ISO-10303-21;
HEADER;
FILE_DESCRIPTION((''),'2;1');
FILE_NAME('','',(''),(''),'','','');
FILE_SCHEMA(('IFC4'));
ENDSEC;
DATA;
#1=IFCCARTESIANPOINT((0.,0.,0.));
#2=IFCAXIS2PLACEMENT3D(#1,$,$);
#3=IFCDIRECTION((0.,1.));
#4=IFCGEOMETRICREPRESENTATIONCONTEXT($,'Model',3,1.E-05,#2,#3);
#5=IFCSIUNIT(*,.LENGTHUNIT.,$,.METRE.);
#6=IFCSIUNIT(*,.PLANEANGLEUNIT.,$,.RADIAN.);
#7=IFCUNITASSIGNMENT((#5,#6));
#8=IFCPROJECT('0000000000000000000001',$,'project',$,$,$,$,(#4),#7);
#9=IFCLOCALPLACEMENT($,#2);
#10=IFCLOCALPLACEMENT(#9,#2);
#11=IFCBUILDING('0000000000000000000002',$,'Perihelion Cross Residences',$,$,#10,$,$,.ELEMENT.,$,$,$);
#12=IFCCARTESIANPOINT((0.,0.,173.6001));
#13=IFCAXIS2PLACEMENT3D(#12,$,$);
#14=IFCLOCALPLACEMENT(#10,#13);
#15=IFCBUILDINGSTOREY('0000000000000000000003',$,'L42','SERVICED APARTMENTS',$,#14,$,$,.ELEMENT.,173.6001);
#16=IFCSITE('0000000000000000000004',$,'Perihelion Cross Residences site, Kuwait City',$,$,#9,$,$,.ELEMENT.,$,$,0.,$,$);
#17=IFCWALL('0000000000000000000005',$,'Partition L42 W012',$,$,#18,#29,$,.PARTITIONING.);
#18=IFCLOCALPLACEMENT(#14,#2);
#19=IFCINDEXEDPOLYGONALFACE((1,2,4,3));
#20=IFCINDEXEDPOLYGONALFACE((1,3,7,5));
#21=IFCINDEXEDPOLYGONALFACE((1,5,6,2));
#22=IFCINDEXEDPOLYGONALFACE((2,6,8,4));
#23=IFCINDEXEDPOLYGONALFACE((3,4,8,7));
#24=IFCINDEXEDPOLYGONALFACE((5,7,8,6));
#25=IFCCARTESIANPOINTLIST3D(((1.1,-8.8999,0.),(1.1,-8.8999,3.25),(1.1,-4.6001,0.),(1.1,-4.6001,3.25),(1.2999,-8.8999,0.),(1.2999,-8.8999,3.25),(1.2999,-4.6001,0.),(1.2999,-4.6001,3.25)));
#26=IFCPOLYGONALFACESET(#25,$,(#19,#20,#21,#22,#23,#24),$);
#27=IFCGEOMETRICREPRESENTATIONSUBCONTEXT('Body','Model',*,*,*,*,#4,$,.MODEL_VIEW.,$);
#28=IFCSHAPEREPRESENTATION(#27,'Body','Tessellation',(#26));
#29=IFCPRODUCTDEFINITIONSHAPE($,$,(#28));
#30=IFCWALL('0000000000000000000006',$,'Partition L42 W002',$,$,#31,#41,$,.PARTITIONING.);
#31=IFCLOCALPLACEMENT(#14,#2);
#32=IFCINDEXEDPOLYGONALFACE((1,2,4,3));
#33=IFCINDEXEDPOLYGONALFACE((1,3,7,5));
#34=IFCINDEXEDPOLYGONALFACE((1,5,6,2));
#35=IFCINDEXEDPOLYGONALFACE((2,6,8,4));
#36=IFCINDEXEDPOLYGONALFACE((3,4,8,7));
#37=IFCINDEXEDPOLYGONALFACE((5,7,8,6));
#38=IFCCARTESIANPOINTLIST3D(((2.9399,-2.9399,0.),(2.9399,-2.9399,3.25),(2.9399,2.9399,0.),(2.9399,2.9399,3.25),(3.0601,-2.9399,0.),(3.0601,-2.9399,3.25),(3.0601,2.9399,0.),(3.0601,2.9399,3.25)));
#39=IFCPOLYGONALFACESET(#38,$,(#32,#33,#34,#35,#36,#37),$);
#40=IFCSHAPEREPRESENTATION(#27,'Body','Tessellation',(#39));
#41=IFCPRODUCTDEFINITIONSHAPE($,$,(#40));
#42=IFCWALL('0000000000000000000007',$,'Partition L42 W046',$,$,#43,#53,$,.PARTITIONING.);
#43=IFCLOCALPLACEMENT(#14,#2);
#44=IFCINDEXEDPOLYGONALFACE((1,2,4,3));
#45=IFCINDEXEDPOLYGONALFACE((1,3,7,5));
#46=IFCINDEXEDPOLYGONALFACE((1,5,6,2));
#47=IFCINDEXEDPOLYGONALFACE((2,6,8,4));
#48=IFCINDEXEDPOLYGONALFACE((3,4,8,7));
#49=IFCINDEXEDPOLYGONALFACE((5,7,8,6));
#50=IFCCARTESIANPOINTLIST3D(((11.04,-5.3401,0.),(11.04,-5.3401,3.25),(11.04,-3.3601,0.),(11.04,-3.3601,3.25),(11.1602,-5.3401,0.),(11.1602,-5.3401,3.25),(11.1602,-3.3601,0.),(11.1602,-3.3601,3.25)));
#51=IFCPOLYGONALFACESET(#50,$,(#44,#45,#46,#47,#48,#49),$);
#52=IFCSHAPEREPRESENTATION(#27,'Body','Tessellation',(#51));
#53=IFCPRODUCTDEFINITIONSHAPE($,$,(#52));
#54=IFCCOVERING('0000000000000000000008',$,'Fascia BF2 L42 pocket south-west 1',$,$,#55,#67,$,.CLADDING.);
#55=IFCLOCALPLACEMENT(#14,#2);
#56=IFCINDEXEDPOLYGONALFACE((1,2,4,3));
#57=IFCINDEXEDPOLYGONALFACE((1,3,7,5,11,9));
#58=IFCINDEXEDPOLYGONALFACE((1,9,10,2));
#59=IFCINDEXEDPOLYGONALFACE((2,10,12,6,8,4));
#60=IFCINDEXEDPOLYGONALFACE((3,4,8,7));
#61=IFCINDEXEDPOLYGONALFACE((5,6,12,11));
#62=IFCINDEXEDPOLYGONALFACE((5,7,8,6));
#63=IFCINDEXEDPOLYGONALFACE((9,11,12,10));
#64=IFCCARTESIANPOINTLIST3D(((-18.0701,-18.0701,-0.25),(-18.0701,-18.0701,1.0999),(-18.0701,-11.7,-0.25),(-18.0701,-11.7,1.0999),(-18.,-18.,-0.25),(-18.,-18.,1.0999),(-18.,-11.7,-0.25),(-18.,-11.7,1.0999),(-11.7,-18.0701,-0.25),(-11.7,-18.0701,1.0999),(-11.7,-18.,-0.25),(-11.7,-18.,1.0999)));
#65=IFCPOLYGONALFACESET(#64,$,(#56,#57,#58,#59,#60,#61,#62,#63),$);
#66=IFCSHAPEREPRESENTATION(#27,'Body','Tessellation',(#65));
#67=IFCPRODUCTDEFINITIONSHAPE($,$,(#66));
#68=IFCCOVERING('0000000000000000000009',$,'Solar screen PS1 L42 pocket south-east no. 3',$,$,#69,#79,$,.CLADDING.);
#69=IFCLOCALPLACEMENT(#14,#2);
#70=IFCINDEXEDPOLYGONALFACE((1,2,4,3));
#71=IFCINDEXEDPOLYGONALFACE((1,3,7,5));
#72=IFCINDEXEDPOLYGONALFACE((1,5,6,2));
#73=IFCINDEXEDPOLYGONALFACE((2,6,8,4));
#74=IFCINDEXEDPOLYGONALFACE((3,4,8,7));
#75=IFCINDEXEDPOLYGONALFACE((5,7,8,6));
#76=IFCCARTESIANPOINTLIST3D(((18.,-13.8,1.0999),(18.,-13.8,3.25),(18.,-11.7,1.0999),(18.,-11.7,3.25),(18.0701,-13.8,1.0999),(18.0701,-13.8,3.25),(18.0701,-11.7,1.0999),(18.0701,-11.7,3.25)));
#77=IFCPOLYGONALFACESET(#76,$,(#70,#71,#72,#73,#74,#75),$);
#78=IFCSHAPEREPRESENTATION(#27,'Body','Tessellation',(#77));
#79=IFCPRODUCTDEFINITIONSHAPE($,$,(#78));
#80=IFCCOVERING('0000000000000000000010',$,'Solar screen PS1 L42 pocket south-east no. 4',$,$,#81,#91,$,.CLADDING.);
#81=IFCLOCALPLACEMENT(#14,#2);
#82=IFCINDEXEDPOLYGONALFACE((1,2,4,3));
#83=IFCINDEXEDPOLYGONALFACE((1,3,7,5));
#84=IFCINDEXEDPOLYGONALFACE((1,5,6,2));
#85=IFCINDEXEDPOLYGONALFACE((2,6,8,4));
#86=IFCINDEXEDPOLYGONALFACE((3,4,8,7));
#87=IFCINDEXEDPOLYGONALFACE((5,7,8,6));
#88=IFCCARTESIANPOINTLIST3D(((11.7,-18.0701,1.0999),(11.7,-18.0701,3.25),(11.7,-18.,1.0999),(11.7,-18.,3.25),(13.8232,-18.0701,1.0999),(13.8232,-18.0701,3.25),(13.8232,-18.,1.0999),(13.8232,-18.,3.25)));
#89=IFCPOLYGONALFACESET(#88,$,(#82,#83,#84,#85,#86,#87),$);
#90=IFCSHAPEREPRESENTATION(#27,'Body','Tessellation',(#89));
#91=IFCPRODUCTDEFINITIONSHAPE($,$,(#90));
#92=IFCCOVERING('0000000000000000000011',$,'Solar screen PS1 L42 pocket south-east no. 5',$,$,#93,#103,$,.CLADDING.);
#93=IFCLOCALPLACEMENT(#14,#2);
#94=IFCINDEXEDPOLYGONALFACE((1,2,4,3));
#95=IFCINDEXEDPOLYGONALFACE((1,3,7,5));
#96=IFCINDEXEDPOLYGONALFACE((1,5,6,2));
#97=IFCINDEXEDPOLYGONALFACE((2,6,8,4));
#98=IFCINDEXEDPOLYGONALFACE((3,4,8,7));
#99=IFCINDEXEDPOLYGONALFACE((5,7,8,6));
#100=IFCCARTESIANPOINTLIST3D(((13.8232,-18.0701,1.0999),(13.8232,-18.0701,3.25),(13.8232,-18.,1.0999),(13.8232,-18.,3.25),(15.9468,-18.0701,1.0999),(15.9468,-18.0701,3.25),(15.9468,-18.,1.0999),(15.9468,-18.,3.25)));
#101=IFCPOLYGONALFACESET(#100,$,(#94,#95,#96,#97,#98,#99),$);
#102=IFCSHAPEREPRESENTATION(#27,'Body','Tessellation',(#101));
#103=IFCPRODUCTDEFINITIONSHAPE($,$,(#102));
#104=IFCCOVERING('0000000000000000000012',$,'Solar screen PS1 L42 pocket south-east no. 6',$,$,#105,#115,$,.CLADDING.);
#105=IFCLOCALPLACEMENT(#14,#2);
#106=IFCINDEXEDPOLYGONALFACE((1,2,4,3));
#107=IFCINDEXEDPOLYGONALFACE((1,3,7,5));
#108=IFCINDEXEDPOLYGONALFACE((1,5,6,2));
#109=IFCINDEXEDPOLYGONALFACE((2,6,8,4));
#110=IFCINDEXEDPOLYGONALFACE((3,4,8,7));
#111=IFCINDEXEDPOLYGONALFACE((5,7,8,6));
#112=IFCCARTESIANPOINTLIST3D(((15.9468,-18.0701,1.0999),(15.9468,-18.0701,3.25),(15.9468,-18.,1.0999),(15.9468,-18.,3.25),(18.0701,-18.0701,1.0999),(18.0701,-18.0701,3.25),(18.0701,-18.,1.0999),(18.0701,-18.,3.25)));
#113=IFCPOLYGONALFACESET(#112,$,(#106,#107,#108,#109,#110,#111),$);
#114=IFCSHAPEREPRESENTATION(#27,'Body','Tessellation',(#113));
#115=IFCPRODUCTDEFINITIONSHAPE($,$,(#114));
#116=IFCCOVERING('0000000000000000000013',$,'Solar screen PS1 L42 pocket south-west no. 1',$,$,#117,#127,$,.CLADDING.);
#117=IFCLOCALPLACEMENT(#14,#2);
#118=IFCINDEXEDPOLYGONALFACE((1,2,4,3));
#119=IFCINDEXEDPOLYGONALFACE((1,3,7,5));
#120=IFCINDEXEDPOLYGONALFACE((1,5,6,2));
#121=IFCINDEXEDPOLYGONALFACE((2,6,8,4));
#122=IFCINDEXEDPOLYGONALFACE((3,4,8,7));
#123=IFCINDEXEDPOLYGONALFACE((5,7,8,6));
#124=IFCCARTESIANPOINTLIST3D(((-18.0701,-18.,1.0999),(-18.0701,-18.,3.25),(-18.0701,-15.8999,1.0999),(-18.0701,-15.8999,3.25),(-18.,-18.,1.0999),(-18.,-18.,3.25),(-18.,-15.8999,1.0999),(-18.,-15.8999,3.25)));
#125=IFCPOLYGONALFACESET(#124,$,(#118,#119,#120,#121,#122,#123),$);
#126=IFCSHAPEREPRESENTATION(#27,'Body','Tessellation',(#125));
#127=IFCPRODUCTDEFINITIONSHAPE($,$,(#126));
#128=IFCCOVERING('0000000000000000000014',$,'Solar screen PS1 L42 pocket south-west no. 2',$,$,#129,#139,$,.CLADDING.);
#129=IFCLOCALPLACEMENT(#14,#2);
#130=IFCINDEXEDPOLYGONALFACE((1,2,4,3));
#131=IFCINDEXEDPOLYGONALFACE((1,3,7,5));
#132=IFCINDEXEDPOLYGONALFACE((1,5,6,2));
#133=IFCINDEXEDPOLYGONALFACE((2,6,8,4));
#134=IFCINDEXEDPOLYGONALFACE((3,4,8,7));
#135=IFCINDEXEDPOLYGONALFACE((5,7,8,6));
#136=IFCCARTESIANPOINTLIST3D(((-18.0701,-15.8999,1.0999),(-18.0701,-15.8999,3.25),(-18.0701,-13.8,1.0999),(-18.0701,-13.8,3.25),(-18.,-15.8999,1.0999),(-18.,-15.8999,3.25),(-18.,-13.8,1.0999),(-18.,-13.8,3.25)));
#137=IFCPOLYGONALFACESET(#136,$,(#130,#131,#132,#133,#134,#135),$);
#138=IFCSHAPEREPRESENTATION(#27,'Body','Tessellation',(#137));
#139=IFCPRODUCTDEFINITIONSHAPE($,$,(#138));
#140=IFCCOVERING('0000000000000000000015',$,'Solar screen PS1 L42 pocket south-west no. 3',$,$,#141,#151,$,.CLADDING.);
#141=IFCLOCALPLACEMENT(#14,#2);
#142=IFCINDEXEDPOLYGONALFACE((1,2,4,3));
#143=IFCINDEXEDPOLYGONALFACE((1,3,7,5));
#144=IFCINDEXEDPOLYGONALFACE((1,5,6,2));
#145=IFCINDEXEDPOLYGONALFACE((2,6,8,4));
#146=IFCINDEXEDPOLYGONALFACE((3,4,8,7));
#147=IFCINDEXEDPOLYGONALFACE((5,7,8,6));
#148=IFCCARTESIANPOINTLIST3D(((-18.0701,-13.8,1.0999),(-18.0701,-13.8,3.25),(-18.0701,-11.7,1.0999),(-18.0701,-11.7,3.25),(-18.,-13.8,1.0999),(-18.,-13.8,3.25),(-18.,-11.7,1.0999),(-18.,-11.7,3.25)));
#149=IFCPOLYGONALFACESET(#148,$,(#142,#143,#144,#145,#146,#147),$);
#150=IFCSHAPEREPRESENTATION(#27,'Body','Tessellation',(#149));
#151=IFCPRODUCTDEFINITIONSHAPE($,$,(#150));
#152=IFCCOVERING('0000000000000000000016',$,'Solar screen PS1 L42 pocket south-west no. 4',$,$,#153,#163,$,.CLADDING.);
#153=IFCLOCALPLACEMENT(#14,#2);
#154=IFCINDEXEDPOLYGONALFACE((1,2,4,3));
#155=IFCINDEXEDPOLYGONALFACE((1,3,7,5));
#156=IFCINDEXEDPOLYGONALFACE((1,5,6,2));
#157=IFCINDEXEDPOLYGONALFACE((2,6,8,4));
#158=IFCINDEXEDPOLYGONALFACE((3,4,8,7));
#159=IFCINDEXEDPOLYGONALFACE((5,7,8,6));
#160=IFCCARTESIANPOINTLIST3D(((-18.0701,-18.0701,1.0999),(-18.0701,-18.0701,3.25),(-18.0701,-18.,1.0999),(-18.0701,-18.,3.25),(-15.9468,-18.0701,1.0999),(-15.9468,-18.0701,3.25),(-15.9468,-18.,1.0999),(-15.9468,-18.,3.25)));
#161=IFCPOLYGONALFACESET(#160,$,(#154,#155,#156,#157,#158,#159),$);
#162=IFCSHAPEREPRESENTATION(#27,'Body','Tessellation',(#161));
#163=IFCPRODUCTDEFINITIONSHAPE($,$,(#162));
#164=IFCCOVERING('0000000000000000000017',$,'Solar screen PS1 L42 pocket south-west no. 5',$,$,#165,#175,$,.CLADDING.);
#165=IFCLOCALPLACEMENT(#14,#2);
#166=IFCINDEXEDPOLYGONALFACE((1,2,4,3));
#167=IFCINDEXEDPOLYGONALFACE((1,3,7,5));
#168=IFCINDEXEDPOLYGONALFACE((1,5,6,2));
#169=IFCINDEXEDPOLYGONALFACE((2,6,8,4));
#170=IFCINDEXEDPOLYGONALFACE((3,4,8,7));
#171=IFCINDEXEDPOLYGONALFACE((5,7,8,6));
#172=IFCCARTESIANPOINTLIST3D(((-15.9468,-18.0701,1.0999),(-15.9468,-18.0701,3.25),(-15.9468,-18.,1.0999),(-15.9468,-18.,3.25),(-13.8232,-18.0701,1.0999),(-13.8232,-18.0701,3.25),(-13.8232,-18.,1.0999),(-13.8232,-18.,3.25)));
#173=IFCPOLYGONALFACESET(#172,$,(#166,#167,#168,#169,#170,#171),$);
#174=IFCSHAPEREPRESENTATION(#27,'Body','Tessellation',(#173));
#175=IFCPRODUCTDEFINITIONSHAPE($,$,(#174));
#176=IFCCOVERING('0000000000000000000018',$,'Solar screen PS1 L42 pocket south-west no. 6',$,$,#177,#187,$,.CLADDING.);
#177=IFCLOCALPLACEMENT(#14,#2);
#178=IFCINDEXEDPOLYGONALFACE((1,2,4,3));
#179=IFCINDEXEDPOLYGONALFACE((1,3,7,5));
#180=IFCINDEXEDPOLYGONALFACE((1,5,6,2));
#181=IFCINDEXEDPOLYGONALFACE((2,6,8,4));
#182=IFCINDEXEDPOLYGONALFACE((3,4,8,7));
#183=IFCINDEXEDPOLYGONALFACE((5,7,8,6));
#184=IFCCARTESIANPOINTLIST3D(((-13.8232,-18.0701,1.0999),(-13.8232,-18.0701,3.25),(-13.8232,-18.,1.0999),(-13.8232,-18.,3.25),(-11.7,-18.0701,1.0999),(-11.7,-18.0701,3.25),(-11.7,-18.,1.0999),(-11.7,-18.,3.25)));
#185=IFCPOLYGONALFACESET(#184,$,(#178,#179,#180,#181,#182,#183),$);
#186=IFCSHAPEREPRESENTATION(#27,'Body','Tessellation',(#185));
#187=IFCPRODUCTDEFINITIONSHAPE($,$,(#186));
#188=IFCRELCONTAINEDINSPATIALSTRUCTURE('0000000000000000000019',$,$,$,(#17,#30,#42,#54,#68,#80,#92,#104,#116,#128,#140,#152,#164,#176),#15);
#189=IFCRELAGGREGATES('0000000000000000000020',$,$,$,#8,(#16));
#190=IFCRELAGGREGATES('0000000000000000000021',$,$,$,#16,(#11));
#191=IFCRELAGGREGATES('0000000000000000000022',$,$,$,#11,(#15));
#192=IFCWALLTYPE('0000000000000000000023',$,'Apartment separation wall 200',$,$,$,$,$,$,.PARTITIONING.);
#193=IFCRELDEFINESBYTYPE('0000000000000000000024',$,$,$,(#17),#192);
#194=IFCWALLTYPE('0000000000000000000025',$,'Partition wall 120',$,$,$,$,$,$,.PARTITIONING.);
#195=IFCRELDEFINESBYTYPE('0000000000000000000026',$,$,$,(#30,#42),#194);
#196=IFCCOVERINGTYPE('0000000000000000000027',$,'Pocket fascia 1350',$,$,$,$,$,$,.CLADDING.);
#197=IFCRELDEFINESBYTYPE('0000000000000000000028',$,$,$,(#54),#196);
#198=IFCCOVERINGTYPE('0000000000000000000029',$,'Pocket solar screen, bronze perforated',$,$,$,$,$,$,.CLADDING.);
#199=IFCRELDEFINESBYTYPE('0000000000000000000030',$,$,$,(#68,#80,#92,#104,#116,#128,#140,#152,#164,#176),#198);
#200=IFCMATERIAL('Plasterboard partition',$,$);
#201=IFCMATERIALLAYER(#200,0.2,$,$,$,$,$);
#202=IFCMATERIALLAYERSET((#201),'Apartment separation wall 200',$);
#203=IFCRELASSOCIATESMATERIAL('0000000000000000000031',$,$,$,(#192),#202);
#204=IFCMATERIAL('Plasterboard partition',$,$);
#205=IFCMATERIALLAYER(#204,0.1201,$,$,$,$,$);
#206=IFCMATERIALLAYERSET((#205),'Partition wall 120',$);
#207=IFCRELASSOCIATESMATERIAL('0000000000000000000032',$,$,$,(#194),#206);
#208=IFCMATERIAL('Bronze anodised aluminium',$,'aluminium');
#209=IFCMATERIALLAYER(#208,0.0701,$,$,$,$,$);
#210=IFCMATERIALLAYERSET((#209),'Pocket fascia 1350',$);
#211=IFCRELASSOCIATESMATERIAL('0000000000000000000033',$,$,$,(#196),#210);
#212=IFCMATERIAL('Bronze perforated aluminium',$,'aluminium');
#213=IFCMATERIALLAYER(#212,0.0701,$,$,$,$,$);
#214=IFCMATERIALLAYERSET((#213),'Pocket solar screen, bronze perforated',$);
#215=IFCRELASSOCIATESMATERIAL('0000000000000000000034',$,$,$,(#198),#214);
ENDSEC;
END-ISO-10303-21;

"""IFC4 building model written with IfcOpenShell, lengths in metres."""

from ifc_helpers import new_model, si_unit, direction, frame, frame_2d, origin, place, context, subcontext, project, spatial, polyline, rectangle, outline, extrude, material, layer, layer_set, type_object, element, save


model = new_model("IFC4")

# Units and contexts
model_context = context("Model", 3, precision=1e-05, world=origin(), true_north=direction((0.0, 1.0)))
body_context = subcontext(model_context, "Body", "Model", "MODEL_VIEW")
ifc_project = project(units=[si_unit("LENGTHUNIT", "METRE"), si_unit("PLANEANGLEUNIT", "RADIAN")], contexts=[model_context])

# Site, building, storey
site_placement = place(None, origin())
site = spatial("IfcSite", under=ifc_project, at=site_placement, Name="Perihelion Cross Residences site, Kuwait City", CompositionType="ELEMENT", RefElevation=0.0)
building_placement = place(site_placement, origin())
building = spatial("IfcBuilding", under=site, at=building_placement, Name="Perihelion Cross Residences", CompositionType="ELEMENT")
storey_placement = place(building_placement, frame((0.0, 0.0, 173.6001)))
storey = spatial("IfcBuildingStorey", under=building, at=storey_placement, Name="L42", Description="SERVICED APARTMENTS", CompositionType="ELEMENT", Elevation=173.6001)

# Walls
ifc_material_1 = material(Name="Plasterboard partition")
ifc_layer_1 = layer(ifc_material_1, 0.2)
ifc_layer_set_1 = layer_set([ifc_layer_1], Name="Apartment separation wall 200")
wall_type_1 = type_object("IfcWallType", Name="Apartment separation wall 200", PredefinedType="PARTITIONING", material=ifc_layer_set_1)
wall_1_placement = place(storey_placement, frame((1.2, -4.6001, 0.0), z_axis=(0.0, 0.0, 1.0), x_axis=(0.0, -1.0, 0.0)))
element("IfcWall", 1, at=wall_1_placement, inside=storey, type_object=wall_type_1, Name="Partition L42 W012", PredefinedType="PARTITIONING", context=body_context, shape_type="SweptSolid", body=[
    extrude(rectangle(XDim=4.2998, YDim=0.2, at=frame_2d((2.1499, 0.0))), origin(), (0.0, 0.0, 1.0), 3.25),
])
ifc_material_2 = material(Name="Plasterboard partition")
ifc_layer_2 = layer(ifc_material_2, 0.1201)
ifc_layer_set_2 = layer_set([ifc_layer_2], Name="Partition wall 120")
wall_type_2 = type_object("IfcWallType", Name="Partition wall 120", PredefinedType="PARTITIONING", material=ifc_layer_set_2)
wall_2_placement = place(storey_placement, frame((3.0, -2.9399, 0.0), z_axis=(0.0, 0.0, 1.0), x_axis=(0.0, 1.0, 0.0)))
element("IfcWall", 2, at=wall_2_placement, inside=storey, type_object=wall_type_2, Name="Partition L42 W002", PredefinedType="PARTITIONING", context=body_context, shape_type="SweptSolid", body=[
    extrude(rectangle(XDim=5.8799, YDim=0.1201, at=frame_2d((2.9399, 0.0))), origin(), (0.0, 0.0, 1.0), 3.25),
])
wall_3_placement = place(storey_placement, frame((11.1001, -5.3401, 0.0), z_axis=(0.0, 0.0, 1.0), x_axis=(0.0, 1.0, 0.0)))
element("IfcWall", 3, at=wall_3_placement, inside=storey, type_object=wall_type_2, Name="Partition L42 W046", PredefinedType="PARTITIONING", context=body_context, shape_type="SweptSolid", body=[
    extrude(rectangle(XDim=1.98, YDim=0.1201, at=frame_2d((0.99, 0.0))), origin(), (0.0, 0.0, 1.0), 3.25),
])

# Coverings
ifc_material_3 = material(Name="Bronze anodised aluminium", Category="aluminium")
ifc_layer_3 = layer(ifc_material_3, 0.0701)
ifc_layer_set_3 = layer_set([ifc_layer_3], Name="Pocket fascia 1350")
covering_type_1 = type_object("IfcCoveringType", Name="Pocket fascia 1350", PredefinedType="CLADDING", material=ifc_layer_set_3)
covering_1_placement = place(storey_placement, frame((0.0, 0.0, -0.25)))
element("IfcCovering", 4, at=covering_1_placement, inside=storey, type_object=covering_type_1, Name="Fascia BF2 L42 pocket south-west 1", PredefinedType="CLADDING", context=body_context, shape_type="SweptSolid", body=[
    extrude(outline(polyline([(-18.0701, -11.7), (-18.0701, -18.0701), (-11.7, -18.0701), (-11.7, -18.0), (-18.0, -18.0), (-18.0, -11.7), (-18.0701, -11.7)])), origin(), (0.0, 0.0, 1.0), 1.3499),
])
ifc_material_4 = material(Name="Bronze perforated aluminium", Category="aluminium")
ifc_layer_4 = layer(ifc_material_4, 0.0701)
ifc_layer_set_4 = layer_set([ifc_layer_4], Name="Pocket solar screen, bronze perforated")
covering_type_2 = type_object("IfcCoveringType", Name="Pocket solar screen, bronze perforated", PredefinedType="CLADDING", material=ifc_layer_set_4)
covering_2_placement = place(storey_placement, frame((0.0, 0.0, 1.0999)))
element("IfcCovering", 5, at=covering_2_placement, inside=storey, type_object=covering_type_2, Name="Solar screen PS1 L42 pocket south-east no. 3", PredefinedType="CLADDING", context=body_context, shape_type="SweptSolid", body=[
    extrude(outline(polyline([(18.0701, -13.8), (18.0701, -11.7), (18.0, -11.7), (18.0, -13.8), (18.0701, -13.8)])), origin(), (0.0, 0.0, 1.0), 2.1501),
])
covering_3_placement = place(storey_placement, frame((0.0, 0.0, 1.0999)))
element("IfcCovering", 6, at=covering_3_placement, inside=storey, type_object=covering_type_2, Name="Solar screen PS1 L42 pocket south-east no. 4", PredefinedType="CLADDING", context=body_context, shape_type="SweptSolid", body=[
    extrude(outline(polyline([(13.8232, -18.0701), (13.8232, -18.0), (11.7, -18.0), (11.7, -18.0701), (13.8232, -18.0701)])), origin(), (0.0, 0.0, 1.0), 2.1501),
])
covering_4_placement = place(storey_placement, frame((0.0, 0.0, 1.0999)))
element("IfcCovering", 7, at=covering_4_placement, inside=storey, type_object=covering_type_2, Name="Solar screen PS1 L42 pocket south-east no. 5", PredefinedType="CLADDING", context=body_context, shape_type="SweptSolid", body=[
    extrude(outline(polyline([(15.9468, -18.0701), (15.9468, -18.0), (13.8232, -18.0), (13.8232, -18.0701), (15.9468, -18.0701)])), origin(), (0.0, 0.0, 1.0), 2.1501),
])
covering_5_placement = place(storey_placement, frame((0.0, 0.0, 1.0999)))
element("IfcCovering", 8, at=covering_5_placement, inside=storey, type_object=covering_type_2, Name="Solar screen PS1 L42 pocket south-east no. 6", PredefinedType="CLADDING", context=body_context, shape_type="SweptSolid", body=[
    extrude(outline(polyline([(18.0701, -18.0701), (18.0701, -18.0), (15.9468, -18.0), (15.9468, -18.0701), (18.0701, -18.0701)])), origin(), (0.0, 0.0, 1.0), 2.1501),
])
covering_6_placement = place(storey_placement, frame((0.0, 0.0, 1.0999)))
element("IfcCovering", 9, at=covering_6_placement, inside=storey, type_object=covering_type_2, Name="Solar screen PS1 L42 pocket south-west no. 1", PredefinedType="CLADDING", context=body_context, shape_type="SweptSolid", body=[
    extrude(outline(polyline([(-18.0, -18.0), (-18.0, -15.8999), (-18.0701, -15.8999), (-18.0701, -18.0), (-18.0, -18.0)])), origin(), (0.0, 0.0, 1.0), 2.1501),
])
covering_7_placement = place(storey_placement, frame((0.0, 0.0, 1.0999)))
element("IfcCovering", 10, at=covering_7_placement, inside=storey, type_object=covering_type_2, Name="Solar screen PS1 L42 pocket south-west no. 2", PredefinedType="CLADDING", context=body_context, shape_type="SweptSolid", body=[
    extrude(outline(polyline([(-18.0, -15.8999), (-18.0, -13.8), (-18.0701, -13.8), (-18.0701, -15.8999), (-18.0, -15.8999)])), origin(), (0.0, 0.0, 1.0), 2.1501),
])
covering_8_placement = place(storey_placement, frame((0.0, 0.0, 1.0999)))
element("IfcCovering", 11, at=covering_8_placement, inside=storey, type_object=covering_type_2, Name="Solar screen PS1 L42 pocket south-west no. 3", PredefinedType="CLADDING", context=body_context, shape_type="SweptSolid", body=[
    extrude(outline(polyline([(-18.0, -13.8), (-18.0, -11.7), (-18.0701, -11.7), (-18.0701, -13.8), (-18.0, -13.8)])), origin(), (0.0, 0.0, 1.0), 2.1501),
])
covering_9_placement = place(storey_placement, frame((0.0, 0.0, 1.0999)))
element("IfcCovering", 12, at=covering_9_placement, inside=storey, type_object=covering_type_2, Name="Solar screen PS1 L42 pocket south-west no. 4", PredefinedType="CLADDING", context=body_context, shape_type="SweptSolid", body=[
    extrude(outline(polyline([(-15.9468, -18.0701), (-15.9468, -18.0), (-18.0701, -18.0), (-18.0701, -18.0701), (-15.9468, -18.0701)])), origin(), (0.0, 0.0, 1.0), 2.1501),
])
covering_10_placement = place(storey_placement, frame((0.0, 0.0, 1.0999)))
element("IfcCovering", 13, at=covering_10_placement, inside=storey, type_object=covering_type_2, Name="Solar screen PS1 L42 pocket south-west no. 5", PredefinedType="CLADDING", context=body_context, shape_type="SweptSolid", body=[
    extrude(outline(polyline([(-13.8232, -18.0701), (-13.8232, -18.0), (-15.9468, -18.0), (-15.9468, -18.0701), (-13.8232, -18.0701)])), origin(), (0.0, 0.0, 1.0), 2.1501),
])
covering_11_placement = place(storey_placement, frame((0.0, 0.0, 1.0999)))
element("IfcCovering", 14, at=covering_11_placement, inside=storey, type_object=covering_type_2, Name="Solar screen PS1 L42 pocket south-west no. 6", PredefinedType="CLADDING", context=body_context, shape_type="SweptSolid", body=[
    extrude(outline(polyline([(-11.7, -18.0701), (-11.7, -18.0), (-13.8232, -18.0), (-13.8232, -18.0701), (-11.7, -18.0701)])), origin(), (0.0, 0.0, 1.0), 2.1501),
])

save(model, "model.ifc")
